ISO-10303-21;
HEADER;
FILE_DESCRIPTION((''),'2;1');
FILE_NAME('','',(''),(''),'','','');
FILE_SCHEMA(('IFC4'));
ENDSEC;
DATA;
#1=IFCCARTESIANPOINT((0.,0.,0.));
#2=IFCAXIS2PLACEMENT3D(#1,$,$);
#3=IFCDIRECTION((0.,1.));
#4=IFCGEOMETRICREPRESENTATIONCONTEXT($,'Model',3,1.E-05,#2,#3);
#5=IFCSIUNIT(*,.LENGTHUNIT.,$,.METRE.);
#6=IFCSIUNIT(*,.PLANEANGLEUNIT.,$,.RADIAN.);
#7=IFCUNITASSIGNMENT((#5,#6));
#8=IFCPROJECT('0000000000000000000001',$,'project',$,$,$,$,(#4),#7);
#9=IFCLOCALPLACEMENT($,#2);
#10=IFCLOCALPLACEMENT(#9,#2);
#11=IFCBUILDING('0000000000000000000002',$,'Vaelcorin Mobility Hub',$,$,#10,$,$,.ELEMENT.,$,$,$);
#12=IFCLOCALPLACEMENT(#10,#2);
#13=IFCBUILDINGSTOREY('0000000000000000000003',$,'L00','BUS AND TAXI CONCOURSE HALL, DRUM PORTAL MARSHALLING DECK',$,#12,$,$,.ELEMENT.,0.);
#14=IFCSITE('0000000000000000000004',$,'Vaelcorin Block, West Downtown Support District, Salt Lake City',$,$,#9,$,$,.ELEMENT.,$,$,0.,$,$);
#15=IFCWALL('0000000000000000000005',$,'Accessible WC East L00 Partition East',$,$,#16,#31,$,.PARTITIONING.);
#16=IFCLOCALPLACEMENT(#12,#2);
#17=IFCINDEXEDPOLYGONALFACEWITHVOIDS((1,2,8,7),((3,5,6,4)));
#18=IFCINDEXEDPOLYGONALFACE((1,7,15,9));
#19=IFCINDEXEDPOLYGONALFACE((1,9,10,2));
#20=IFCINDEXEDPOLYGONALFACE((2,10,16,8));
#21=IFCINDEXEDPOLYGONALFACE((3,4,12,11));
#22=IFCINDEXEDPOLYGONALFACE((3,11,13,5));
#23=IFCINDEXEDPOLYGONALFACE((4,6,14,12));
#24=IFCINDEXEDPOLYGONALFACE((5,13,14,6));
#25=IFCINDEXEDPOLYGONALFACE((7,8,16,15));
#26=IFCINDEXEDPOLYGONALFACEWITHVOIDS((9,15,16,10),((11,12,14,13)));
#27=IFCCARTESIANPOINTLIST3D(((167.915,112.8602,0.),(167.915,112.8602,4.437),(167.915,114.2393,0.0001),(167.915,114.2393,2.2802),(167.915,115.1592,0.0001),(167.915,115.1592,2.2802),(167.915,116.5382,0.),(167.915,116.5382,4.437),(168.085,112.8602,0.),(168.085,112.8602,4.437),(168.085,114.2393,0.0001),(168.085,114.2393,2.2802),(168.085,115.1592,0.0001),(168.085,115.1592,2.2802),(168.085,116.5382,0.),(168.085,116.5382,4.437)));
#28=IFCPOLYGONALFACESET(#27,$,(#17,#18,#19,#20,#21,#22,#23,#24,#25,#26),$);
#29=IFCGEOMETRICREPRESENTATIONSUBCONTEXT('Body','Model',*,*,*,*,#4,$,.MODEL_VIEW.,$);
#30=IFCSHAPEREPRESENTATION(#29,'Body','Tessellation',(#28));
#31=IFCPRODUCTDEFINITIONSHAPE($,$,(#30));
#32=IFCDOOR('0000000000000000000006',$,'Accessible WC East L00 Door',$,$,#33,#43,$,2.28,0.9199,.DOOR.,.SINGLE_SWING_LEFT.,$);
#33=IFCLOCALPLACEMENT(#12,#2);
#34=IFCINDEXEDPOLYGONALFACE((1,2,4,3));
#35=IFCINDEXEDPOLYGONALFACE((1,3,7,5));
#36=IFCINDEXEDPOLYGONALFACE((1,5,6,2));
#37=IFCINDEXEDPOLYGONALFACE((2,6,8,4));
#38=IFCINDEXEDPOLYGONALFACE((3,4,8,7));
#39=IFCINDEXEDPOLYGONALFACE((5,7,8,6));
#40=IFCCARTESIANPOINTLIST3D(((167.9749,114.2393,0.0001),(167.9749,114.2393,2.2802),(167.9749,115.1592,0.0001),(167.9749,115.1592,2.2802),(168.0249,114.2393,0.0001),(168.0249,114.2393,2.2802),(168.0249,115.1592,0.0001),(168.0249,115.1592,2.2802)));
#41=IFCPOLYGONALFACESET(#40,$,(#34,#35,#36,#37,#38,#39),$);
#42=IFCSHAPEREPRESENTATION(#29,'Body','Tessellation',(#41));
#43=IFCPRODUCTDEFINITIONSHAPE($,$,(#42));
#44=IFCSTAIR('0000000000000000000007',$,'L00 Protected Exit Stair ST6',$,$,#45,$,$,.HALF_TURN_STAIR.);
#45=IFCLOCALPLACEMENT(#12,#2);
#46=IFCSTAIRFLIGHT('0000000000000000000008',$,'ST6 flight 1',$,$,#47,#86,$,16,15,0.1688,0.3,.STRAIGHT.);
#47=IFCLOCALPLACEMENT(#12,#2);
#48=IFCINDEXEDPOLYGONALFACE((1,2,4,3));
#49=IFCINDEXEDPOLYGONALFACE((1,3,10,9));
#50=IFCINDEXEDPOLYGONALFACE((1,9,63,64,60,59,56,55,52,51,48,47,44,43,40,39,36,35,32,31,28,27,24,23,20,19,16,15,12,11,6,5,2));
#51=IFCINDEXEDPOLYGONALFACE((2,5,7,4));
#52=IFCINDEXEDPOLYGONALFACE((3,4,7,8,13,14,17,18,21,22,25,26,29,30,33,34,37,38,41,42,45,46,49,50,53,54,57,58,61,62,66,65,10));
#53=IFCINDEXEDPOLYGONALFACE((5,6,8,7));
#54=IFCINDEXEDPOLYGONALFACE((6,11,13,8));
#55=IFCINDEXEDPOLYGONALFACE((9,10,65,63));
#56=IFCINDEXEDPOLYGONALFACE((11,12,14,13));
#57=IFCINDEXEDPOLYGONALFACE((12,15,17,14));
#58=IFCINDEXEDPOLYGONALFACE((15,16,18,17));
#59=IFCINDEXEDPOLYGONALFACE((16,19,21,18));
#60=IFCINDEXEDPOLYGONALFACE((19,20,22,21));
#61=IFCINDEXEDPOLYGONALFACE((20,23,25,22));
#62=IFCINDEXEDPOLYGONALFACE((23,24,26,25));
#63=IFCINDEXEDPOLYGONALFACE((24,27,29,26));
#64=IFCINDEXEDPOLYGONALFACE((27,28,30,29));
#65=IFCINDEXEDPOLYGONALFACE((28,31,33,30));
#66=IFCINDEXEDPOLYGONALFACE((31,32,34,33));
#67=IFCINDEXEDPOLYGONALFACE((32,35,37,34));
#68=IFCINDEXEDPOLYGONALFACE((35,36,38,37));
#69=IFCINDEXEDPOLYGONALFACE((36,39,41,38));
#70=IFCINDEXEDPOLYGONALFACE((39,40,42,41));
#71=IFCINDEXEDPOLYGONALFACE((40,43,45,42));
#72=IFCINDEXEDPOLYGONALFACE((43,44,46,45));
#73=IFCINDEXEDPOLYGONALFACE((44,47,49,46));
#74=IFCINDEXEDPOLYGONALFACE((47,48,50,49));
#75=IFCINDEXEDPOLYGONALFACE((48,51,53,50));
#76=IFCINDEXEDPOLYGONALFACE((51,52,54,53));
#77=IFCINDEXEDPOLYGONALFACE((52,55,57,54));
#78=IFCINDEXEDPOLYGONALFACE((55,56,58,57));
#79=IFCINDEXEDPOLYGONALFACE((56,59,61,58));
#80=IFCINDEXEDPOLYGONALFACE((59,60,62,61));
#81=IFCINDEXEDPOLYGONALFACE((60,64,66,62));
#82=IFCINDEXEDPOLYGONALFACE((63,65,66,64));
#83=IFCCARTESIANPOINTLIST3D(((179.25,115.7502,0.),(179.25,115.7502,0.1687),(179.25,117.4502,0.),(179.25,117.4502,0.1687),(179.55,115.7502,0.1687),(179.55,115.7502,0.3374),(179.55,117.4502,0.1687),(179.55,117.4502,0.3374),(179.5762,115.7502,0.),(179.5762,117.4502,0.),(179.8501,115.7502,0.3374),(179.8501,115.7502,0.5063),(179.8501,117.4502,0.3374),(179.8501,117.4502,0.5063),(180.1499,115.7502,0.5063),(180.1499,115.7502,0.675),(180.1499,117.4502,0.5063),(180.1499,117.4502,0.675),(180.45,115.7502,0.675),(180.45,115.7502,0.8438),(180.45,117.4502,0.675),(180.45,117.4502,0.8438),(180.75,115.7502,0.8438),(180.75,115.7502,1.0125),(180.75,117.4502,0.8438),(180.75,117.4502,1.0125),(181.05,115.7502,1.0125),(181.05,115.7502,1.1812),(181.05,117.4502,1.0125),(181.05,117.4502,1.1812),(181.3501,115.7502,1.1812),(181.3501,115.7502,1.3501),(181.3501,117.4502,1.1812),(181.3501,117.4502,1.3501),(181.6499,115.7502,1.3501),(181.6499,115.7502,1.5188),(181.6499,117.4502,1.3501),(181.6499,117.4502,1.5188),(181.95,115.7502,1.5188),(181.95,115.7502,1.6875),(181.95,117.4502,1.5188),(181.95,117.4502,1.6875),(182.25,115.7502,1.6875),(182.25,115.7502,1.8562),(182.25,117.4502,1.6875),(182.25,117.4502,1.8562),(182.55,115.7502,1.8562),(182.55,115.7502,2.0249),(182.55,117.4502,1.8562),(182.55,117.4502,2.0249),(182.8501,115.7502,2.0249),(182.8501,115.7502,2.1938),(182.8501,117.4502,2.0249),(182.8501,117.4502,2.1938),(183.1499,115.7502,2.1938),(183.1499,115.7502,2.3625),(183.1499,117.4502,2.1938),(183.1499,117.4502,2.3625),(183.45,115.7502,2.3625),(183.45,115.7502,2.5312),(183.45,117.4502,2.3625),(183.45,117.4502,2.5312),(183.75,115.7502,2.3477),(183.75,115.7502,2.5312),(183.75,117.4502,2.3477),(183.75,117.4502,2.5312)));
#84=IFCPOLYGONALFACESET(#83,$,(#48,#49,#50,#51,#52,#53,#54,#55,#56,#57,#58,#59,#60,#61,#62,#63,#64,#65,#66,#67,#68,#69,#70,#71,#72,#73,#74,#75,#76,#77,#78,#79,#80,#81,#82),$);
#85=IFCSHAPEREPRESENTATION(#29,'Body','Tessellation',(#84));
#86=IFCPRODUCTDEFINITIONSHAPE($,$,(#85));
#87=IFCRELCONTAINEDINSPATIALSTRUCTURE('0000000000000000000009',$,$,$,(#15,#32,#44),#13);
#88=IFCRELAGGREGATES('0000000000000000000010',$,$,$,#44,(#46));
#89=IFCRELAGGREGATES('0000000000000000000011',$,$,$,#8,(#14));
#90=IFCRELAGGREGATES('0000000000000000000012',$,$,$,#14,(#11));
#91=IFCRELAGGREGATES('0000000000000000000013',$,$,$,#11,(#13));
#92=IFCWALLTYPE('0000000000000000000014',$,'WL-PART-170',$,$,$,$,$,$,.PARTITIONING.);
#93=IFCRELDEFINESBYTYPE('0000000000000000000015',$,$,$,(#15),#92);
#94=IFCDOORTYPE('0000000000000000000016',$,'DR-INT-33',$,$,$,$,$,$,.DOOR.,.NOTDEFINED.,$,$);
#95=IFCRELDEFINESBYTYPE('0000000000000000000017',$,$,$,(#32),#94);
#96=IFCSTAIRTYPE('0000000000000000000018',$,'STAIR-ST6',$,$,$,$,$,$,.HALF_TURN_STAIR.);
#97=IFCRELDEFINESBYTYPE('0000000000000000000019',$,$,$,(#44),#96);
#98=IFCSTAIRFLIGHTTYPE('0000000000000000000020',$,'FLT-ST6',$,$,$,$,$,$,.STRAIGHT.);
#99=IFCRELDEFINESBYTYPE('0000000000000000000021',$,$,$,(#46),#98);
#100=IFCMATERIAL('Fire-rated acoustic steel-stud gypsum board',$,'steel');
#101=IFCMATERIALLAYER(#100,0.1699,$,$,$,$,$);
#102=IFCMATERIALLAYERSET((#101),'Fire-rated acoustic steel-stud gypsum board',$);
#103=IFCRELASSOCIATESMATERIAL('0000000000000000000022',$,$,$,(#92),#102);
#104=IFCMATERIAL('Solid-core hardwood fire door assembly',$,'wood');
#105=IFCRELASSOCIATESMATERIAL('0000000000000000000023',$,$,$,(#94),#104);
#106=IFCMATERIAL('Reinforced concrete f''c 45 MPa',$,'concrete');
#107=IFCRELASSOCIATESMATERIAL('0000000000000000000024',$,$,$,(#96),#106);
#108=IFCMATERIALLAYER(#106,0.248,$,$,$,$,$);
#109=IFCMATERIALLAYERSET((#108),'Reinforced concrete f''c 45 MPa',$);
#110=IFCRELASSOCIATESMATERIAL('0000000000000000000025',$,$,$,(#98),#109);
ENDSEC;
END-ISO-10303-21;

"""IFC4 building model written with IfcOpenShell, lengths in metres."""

from ifc_helpers import new_model, si_unit, direction, frame, frame_2d, origin, place, context, subcontext, project, spatial, polyline, rectangle, outline, extrude, material, layer, layer_set, type_object, element, fill, aggregate, save


model = new_model("IFC4")

# Units and contexts
model_context = context("Model", 3, precision=1e-05, world=origin(), true_north=direction((0.0, 1.0)))
body_context = subcontext(model_context, "Body", "Model", "MODEL_VIEW")
ifc_project = project(units=[si_unit("LENGTHUNIT", "METRE"), si_unit("PLANEANGLEUNIT", "RADIAN")], contexts=[model_context])

# Site, building, storey
site_placement = place(None, origin())
site = spatial("IfcSite", under=ifc_project, at=site_placement, Name="Vaelcorin Block, West Downtown Support District, Salt Lake City", CompositionType="ELEMENT", RefElevation=0.0)
building_placement = place(site_placement, origin())
building = spatial("IfcBuilding", under=site, at=building_placement, Name="Vaelcorin Mobility Hub", CompositionType="ELEMENT")
storey_placement = place(building_placement, origin())
storey = spatial("IfcBuildingStorey", under=building, at=storey_placement, Name="L00", Description="BUS AND TAXI CONCOURSE HALL, DRUM PORTAL MARSHALLING DECK", CompositionType="ELEMENT", Elevation=0.0)

# Shared definitions
ifc_material_1 = material(Name="Reinforced concrete f'c 45 MPa", Category="concrete")

# Wall, opening, door
ifc_material_2 = material(Name="Fire-rated acoustic steel-stud gypsum board", Category="steel")
ifc_layer_1 = layer(ifc_material_2, 0.1699)
ifc_layer_set_1 = layer_set([ifc_layer_1], Name="Fire-rated acoustic steel-stud gypsum board")
wall_type_1 = type_object("IfcWallType", Name="WL-PART-170", PredefinedType="PARTITIONING", material=ifc_layer_set_1)
wall_1_placement = place(storey_placement, frame((168.0, 116.5381, 0.0), z_axis=(0.0, 0.0, 1.0), x_axis=(0.0, -1.0, 0.0)))
wall_1 = element("IfcWall", 1, at=wall_1_placement, inside=storey, type_object=wall_type_1, Name="Accessible WC East L00 Partition East", PredefinedType="PARTITIONING", context=body_context, shape_type="SweptSolid", body=[
    extrude(rectangle(XDim=3.678, YDim=0.1699, at=frame_2d((1.8389, 0.0))), origin(), (0.0, 0.0, 1.0), 4.437),
])
opening_1_placement = place(wall_1_placement, frame((1.3789, 0.0, 0.0)))
opening_1 = element("IfcOpeningElement", 2, at=opening_1_placement, cuts=wall_1, PredefinedType="OPENING", context=body_context, shape_type="SweptSolid", body=[
    extrude(rectangle(XDim=0.9199, YDim=2.28, at=frame_2d((0.46, 1.1401))), frame((0.0, 0.095, 0.0), z_axis=(0.0, -1.0, 0.0), x_axis=(1.0, 0.0, 0.0)), (0.0, 0.0, 1.0), 0.1899),
])
ifc_material_3 = material(Name="Solid-core hardwood fire door assembly", Category="wood")
door_type_1 = type_object("IfcDoorType", Name="DR-INT-33", OperationType="NOTDEFINED", PredefinedType="DOOR", material=ifc_material_3)
door_1_placement = place(opening_1_placement, origin())
door_1 = element("IfcDoor", 3, at=door_1_placement, inside=storey, type_object=door_type_1, Name="Accessible WC East L00 Door", OperationType="SINGLE_SWING_LEFT", OverallHeight=2.28, OverallWidth=0.9199, PredefinedType="DOOR", context=body_context, shape_type="SweptSolid", body=[
    extrude(rectangle(XDim=0.9199, YDim=2.28, at=frame_2d((0.46, 1.1401))), frame((0.0, 0.0249, 0.0), z_axis=(0.0, -1.0, 0.0), x_axis=(1.0, 0.0, 0.0)), (0.0, 0.0, 1.0), 0.05),
])
fill(opening_1, door_1)

# Stair, stair flight
stair_type = type_object("IfcStairType", Name="STAIR-ST6", PredefinedType="HALF_TURN_STAIR", material=ifc_material_1)
stair_placement = place(storey_placement, origin())
stair = element("IfcStair", 4, at=stair_placement, inside=storey, type_object=stair_type, Name="L00 Protected Exit Stair ST6", PredefinedType="HALF_TURN_STAIR")
ifc_layer_2 = layer(ifc_material_1, 0.248)
ifc_layer_set_2 = layer_set([ifc_layer_2], Name="Reinforced concrete f'c 45 MPa")
stair_flight_type = type_object("IfcStairFlightType", Name="FLT-ST6", PredefinedType="STRAIGHT", material=ifc_layer_set_2)
stair_flight_placement = place(storey_placement, frame((179.25, 116.6001, 0.0), z_axis=(0.0, 0.0, 1.0), x_axis=(1.0, 0.0, 0.0)))
stair_flight = element("IfcStairFlight", 5, at=stair_flight_placement, type_object=stair_flight_type, Name="ST6 flight 1", NumberOfRisers=16, NumberOfTreads=15, PredefinedType="STRAIGHT", RiserHeight=0.1688, TreadLength=0.3, context=body_context, shape_type="SweptSolid", body=[
    extrude(outline(polyline([(0.0, 0.0), (0.0, 0.1687), (0.3, 0.1687), (0.3, 0.3374), (0.6001, 0.3374), (0.6001, 0.5063), (0.8999, 0.5063), (0.8999, 0.675), (1.2, 0.675), (1.2, 0.8438), (1.5, 0.8438), (1.5, 1.0125), (1.8, 1.0125), (1.8, 1.1812), (2.1001, 1.1812), (2.1001, 1.3501), (2.3999, 1.3501), (2.3999, 1.5188), (2.7, 1.5188), (2.7, 1.6875), (3.0, 1.6875), (3.0, 1.8562), (3.3, 1.8562), (3.3, 2.0249), (3.6001, 2.0249), (3.6001, 2.1938), (3.8999, 2.1938), (3.8999, 2.3625), (4.2, 2.3625), (4.2, 2.5312), (4.5, 2.5312), (4.5, 2.7), (4.5, 2.3477), (0.3262, 0.0), (0.0, 0.0)])), frame((0.0, 0.8501, 0.0), z_axis=(0.0, -1.0, 0.0), x_axis=(1.0, 0.0, 0.0)), (0.0, 0.0, 1.0), 1.7),
])
aggregate(stair, [stair_flight])

save(model, "model.ifc")
